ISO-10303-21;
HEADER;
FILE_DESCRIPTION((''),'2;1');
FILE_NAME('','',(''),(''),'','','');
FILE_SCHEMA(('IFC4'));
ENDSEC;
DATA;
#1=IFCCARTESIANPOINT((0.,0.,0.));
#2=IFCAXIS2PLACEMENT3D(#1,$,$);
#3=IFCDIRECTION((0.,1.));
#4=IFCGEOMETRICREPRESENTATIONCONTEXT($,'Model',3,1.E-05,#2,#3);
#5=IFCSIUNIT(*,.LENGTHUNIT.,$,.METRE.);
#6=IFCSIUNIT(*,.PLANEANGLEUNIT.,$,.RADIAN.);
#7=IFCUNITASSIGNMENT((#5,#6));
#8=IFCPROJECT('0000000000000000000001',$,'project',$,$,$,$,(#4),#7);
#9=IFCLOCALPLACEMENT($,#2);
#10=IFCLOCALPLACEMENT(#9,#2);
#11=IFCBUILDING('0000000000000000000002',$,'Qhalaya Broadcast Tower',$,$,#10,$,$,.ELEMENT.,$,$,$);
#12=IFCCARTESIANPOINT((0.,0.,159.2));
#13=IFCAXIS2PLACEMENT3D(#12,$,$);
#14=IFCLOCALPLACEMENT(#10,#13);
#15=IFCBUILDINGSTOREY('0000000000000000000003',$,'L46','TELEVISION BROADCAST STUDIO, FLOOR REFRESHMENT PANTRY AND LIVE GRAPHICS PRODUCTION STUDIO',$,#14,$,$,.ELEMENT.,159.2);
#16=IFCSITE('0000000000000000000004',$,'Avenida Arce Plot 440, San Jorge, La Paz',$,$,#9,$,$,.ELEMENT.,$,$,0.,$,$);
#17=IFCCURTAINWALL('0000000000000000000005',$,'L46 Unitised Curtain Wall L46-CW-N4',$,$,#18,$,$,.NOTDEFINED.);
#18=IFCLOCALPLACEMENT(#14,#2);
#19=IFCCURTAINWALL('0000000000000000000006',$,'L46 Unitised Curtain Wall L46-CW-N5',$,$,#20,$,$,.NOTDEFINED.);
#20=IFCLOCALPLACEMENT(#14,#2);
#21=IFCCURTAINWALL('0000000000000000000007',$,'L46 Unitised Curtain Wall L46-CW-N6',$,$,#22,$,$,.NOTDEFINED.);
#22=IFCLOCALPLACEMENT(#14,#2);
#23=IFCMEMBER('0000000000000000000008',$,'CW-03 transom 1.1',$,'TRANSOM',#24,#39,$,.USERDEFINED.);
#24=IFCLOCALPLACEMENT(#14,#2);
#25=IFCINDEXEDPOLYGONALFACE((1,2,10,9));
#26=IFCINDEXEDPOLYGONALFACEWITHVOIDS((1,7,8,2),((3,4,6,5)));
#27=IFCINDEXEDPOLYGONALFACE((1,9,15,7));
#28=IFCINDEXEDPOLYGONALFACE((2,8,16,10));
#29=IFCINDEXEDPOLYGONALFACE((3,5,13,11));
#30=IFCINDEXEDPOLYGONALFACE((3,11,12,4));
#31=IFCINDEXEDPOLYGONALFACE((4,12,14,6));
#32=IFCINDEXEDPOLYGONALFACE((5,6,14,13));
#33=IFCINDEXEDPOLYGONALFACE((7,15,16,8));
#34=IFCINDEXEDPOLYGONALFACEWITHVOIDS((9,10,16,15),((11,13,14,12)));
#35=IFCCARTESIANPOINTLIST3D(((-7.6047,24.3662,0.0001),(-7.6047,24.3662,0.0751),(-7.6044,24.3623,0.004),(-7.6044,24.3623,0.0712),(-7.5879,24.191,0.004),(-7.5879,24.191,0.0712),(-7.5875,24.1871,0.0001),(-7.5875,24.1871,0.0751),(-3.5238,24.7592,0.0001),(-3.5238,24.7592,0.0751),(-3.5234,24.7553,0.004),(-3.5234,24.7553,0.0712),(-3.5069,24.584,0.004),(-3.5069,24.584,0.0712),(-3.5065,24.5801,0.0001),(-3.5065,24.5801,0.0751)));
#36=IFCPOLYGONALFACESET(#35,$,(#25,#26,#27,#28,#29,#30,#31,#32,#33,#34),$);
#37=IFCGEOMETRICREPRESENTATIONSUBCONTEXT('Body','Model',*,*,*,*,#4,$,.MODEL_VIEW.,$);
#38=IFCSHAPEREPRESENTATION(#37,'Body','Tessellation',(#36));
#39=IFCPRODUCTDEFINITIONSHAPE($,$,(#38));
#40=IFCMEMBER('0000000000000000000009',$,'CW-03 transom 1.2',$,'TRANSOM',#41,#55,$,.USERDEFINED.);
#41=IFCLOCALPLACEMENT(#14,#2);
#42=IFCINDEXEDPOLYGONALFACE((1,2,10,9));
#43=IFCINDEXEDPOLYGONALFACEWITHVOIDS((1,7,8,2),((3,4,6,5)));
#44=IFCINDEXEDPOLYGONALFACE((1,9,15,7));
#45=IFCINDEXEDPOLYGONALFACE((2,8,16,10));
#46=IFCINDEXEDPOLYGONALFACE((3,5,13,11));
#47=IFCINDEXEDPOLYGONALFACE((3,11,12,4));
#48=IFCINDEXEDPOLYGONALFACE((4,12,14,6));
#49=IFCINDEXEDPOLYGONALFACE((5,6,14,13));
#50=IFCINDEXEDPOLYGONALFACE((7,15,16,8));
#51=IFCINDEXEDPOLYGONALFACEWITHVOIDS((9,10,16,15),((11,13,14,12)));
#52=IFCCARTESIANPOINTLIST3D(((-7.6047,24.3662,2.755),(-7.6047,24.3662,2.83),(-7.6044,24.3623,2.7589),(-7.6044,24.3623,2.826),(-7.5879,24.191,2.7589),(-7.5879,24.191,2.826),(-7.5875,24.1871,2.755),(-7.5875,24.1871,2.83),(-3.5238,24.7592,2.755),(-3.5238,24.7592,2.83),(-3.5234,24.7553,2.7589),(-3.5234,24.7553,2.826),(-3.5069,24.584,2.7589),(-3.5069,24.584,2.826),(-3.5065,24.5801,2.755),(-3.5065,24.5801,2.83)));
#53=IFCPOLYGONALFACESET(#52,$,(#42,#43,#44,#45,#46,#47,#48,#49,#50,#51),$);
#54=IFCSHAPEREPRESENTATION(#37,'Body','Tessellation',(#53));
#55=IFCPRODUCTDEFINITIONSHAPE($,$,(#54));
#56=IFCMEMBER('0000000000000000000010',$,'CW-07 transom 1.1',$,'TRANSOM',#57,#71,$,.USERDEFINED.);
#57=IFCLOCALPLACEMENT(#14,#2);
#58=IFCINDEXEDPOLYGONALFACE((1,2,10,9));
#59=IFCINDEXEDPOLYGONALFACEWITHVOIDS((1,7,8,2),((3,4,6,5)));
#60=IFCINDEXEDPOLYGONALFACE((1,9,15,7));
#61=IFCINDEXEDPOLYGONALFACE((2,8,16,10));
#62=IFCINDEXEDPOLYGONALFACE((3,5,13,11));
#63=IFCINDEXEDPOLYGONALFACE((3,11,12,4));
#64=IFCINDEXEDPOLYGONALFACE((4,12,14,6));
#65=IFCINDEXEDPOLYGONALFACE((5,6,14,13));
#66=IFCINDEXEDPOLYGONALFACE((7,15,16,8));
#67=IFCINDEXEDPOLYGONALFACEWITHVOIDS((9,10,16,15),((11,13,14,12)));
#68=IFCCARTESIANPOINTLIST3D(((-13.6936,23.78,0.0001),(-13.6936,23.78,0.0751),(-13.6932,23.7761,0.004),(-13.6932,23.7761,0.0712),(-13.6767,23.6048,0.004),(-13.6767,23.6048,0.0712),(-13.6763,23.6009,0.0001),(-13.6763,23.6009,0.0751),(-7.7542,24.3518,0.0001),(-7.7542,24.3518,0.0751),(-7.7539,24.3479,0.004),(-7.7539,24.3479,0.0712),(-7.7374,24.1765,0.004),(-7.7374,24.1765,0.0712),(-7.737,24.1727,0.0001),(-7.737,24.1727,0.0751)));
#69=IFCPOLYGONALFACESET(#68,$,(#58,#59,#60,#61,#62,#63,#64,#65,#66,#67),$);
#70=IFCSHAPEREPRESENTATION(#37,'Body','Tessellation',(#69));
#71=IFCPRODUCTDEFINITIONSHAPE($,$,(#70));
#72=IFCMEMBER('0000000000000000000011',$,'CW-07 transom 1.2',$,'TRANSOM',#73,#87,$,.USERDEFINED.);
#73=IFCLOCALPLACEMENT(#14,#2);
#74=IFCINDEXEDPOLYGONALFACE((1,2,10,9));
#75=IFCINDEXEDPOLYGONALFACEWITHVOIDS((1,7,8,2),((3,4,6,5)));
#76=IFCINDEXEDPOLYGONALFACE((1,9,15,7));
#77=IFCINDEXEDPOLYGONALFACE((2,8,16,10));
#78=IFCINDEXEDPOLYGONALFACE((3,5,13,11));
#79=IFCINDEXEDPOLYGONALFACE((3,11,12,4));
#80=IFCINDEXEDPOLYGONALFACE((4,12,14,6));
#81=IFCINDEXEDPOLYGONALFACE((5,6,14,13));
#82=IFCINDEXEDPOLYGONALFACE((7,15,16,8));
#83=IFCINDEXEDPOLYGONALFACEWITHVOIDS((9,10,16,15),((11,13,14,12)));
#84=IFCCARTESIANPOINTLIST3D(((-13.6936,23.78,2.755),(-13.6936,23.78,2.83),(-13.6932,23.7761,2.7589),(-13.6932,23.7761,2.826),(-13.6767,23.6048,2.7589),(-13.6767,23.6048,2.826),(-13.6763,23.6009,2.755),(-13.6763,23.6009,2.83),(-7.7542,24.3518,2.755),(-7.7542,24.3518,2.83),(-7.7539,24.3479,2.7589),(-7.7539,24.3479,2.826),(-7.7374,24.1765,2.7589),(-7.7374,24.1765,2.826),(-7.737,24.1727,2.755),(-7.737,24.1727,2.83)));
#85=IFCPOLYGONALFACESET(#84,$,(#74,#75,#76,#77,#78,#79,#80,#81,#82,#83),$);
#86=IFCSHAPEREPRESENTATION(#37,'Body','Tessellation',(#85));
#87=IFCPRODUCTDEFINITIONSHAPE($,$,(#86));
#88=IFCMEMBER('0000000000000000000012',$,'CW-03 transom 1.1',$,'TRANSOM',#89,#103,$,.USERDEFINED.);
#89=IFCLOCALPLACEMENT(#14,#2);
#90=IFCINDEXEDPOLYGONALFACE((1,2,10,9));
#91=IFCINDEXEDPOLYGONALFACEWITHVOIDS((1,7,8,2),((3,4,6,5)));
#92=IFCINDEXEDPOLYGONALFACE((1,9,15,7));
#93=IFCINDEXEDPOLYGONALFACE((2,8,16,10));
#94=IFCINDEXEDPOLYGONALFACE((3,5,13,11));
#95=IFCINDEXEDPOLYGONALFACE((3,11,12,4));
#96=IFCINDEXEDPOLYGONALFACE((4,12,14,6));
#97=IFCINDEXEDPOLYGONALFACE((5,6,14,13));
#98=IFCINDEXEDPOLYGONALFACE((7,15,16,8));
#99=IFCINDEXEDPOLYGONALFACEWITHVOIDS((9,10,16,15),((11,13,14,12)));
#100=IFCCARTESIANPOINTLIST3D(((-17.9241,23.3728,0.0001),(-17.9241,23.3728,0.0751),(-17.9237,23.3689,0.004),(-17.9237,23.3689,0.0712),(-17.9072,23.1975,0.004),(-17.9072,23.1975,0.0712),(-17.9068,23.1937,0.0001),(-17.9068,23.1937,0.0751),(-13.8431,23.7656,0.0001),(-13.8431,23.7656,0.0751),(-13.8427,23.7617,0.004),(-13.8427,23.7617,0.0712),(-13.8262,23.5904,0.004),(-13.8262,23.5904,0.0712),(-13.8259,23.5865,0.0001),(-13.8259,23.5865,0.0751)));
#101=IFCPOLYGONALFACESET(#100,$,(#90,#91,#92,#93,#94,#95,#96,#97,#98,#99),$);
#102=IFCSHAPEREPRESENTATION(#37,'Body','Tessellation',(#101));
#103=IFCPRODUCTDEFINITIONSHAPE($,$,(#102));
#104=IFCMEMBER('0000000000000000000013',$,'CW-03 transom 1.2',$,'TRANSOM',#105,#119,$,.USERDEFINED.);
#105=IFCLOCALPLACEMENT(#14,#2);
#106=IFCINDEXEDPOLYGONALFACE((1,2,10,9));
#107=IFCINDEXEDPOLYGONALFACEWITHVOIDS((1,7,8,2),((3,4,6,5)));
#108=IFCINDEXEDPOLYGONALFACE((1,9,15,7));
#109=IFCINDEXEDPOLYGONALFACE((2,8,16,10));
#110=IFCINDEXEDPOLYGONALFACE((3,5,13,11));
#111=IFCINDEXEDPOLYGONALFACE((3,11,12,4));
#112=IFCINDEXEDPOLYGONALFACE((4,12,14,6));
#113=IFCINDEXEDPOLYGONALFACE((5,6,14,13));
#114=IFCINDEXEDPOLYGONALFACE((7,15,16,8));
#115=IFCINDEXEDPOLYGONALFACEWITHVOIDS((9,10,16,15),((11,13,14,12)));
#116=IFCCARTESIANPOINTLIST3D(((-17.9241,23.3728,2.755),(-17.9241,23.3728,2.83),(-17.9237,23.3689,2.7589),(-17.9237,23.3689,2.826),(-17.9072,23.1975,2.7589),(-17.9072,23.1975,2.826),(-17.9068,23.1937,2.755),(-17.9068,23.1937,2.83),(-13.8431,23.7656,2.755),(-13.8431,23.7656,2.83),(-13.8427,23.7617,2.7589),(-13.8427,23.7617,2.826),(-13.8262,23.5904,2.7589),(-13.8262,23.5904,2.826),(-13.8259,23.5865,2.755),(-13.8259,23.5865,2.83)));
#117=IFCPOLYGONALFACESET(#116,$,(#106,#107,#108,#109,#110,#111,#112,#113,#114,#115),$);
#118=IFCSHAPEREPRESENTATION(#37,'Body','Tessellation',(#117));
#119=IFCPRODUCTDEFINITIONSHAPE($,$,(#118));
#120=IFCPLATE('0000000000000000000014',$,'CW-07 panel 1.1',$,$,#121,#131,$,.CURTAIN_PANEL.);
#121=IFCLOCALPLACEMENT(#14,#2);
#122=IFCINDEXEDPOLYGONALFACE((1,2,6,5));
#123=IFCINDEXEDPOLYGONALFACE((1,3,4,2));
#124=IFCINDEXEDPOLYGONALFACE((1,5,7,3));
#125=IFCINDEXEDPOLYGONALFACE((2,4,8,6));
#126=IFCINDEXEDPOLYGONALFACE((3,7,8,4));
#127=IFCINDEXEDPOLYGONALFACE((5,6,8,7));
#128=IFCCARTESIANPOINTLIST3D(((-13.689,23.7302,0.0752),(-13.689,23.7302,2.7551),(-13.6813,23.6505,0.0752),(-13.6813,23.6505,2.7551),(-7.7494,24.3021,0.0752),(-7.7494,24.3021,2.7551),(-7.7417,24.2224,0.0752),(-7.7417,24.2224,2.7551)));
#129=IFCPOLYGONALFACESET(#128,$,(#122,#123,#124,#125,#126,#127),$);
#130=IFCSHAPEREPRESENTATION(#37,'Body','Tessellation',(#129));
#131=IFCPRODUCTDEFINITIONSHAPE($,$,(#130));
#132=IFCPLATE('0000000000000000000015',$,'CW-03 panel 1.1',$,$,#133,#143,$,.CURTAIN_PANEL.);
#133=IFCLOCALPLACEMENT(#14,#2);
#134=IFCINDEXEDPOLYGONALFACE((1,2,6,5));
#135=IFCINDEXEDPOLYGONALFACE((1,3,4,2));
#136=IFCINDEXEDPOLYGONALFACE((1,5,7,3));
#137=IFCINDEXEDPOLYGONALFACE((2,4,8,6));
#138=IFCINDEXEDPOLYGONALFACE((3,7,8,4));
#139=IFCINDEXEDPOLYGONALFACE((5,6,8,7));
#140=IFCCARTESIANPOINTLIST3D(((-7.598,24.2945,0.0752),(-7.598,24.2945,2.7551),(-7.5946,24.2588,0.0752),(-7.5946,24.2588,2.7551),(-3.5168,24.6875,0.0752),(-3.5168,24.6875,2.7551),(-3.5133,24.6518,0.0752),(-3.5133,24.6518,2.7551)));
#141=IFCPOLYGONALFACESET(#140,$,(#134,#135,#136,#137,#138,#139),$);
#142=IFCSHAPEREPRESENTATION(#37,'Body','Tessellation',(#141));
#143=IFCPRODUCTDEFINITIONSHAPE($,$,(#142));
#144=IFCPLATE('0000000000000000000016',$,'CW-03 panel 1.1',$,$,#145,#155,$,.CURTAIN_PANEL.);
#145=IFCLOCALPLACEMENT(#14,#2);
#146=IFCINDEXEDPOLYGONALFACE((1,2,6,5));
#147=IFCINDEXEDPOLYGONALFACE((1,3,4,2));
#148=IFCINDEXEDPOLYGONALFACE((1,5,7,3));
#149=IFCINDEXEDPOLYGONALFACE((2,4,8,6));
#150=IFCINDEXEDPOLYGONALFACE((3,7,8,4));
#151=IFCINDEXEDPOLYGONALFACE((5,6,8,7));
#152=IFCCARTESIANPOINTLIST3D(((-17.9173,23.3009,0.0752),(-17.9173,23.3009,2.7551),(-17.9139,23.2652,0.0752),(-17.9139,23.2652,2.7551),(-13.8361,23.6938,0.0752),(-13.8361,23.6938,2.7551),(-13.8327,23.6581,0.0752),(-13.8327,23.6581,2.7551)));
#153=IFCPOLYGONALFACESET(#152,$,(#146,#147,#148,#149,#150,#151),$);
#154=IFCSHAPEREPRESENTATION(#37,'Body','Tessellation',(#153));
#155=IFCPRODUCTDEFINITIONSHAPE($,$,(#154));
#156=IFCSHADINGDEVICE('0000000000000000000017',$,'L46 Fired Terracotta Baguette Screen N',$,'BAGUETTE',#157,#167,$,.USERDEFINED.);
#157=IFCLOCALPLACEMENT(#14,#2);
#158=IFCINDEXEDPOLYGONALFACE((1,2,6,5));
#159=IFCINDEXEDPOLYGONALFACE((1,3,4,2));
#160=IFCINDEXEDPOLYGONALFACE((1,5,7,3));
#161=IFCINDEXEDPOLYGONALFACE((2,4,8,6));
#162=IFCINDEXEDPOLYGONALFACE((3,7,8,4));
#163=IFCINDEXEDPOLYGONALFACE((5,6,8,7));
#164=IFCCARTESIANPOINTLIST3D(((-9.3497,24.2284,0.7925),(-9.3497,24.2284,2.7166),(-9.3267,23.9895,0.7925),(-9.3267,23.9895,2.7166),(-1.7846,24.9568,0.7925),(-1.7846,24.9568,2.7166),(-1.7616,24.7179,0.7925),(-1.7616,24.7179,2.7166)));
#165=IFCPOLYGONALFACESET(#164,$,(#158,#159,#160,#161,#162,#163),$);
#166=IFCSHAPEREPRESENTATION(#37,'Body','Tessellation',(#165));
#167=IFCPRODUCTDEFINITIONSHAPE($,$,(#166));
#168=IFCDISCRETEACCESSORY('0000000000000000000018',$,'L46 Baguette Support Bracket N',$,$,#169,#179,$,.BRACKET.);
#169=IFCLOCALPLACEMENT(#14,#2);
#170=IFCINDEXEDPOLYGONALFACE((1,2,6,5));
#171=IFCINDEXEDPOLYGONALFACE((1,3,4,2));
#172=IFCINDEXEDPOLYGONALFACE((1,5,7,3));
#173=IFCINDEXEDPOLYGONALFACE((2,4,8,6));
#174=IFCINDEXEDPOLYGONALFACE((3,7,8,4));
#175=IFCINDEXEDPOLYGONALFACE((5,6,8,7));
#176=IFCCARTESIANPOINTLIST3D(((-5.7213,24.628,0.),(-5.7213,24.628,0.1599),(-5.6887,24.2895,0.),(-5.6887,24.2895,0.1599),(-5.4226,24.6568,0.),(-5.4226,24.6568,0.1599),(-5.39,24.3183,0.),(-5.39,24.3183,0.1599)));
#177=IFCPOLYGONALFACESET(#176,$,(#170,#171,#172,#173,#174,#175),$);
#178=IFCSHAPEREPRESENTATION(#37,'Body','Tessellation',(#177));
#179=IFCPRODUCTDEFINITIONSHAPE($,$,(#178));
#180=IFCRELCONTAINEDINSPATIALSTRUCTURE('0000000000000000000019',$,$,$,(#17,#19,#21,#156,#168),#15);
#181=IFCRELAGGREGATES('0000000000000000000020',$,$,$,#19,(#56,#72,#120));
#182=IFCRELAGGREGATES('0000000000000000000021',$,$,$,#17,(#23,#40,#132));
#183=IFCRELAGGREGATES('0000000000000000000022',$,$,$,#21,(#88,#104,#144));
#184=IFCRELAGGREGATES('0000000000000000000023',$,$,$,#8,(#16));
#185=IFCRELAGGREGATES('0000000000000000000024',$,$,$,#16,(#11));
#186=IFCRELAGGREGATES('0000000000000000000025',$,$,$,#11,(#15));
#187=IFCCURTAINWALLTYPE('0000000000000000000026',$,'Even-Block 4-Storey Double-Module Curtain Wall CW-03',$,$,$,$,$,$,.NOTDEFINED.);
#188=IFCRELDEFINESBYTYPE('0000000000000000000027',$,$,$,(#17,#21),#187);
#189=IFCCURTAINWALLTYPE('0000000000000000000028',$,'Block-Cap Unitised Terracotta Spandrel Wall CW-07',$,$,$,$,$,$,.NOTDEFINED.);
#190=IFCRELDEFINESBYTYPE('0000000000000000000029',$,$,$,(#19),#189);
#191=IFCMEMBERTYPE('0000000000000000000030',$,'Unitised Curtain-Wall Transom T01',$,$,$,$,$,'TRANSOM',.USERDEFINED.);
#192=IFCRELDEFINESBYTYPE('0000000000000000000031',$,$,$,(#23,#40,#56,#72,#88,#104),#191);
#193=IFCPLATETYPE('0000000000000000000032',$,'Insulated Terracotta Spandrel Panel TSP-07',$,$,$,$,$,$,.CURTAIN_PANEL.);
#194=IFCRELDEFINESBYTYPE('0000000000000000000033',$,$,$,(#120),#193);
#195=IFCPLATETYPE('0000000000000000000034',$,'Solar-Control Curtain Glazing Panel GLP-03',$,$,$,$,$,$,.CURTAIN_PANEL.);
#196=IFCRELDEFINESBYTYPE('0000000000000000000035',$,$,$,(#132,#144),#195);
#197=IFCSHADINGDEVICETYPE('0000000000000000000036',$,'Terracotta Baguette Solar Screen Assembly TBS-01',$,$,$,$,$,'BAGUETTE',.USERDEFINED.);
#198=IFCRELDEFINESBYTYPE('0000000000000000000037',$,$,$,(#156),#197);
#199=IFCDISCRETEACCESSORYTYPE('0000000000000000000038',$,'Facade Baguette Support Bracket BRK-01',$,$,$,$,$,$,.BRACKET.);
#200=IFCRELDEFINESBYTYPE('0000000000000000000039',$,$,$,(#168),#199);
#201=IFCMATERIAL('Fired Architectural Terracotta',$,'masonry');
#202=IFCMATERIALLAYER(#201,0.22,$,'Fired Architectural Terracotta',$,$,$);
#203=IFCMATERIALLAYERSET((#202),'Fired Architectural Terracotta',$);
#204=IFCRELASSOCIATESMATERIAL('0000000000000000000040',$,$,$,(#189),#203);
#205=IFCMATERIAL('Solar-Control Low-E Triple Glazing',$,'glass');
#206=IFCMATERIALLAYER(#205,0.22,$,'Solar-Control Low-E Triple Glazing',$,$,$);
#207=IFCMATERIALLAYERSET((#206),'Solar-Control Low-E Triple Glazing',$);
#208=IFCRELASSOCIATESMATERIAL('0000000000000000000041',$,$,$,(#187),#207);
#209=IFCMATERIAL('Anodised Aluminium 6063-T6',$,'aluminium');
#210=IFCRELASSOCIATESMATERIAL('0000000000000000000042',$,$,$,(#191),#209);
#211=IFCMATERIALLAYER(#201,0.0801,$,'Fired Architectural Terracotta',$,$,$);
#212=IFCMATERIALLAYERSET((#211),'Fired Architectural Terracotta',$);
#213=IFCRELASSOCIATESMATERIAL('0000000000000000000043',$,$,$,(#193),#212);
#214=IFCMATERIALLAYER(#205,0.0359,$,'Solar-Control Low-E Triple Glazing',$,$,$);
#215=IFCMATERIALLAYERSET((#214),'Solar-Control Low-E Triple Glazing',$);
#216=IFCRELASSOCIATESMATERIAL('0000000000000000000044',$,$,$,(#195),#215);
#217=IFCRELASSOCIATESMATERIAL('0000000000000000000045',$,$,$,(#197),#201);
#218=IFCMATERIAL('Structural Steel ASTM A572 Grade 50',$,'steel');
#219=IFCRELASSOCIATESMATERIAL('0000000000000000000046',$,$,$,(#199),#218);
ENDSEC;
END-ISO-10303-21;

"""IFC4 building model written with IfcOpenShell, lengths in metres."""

from ifc_helpers import new_model, si_unit, direction, frame, origin, origin_2d, place, context, subcontext, project, spatial, rectangle, hollow_rectangle, extrude, material, layer, layer_set, material_profile, profile_set, type_object, element, aggregate, save


model = new_model("IFC4")

# Units and contexts
model_context = context("Model", 3, precision=1e-05, world=origin(), true_north=direction((0.0, 1.0)))
body_context = subcontext(model_context, "Body", "Model", "MODEL_VIEW")
ifc_project = project(units=[si_unit("LENGTHUNIT", "METRE"), si_unit("PLANEANGLEUNIT", "RADIAN")], contexts=[model_context])

# Site, building, storey
site_placement = place(None, origin())
site = spatial("IfcSite", under=ifc_project, at=site_placement, Name="Avenida Arce Plot 440, San Jorge, La Paz", CompositionType="ELEMENT", RefElevation=0.0)
building_placement = place(site_placement, origin())
building = spatial("IfcBuilding", under=site, at=building_placement, Name="Qhalaya Broadcast Tower", CompositionType="ELEMENT")
storey_placement = place(building_placement, frame((0.0, 0.0, 159.2)))
storey = spatial("IfcBuildingStorey", under=building, at=storey_placement, Name="L46", Description="TELEVISION BROADCAST STUDIO, FLOOR REFRESHMENT PANTRY AND LIVE GRAPHICS PRODUCTION STUDIO", CompositionType="ELEMENT", Elevation=159.2)

# Shared definitions
ifc_material_1 = material(Name="Structural Steel ASTM A572 Grade 50", Category="steel")

# Shared definitions
ifc_material_2 = material(Name="Fired Architectural Terracotta", Category="masonry")
ifc_layer_1 = layer(ifc_material_2, 0.22, Name="Fired Architectural Terracotta")
ifc_layer_set_1 = layer_set([ifc_layer_1], Name="Fired Architectural Terracotta")
curtain_wall_type_1 = type_object("IfcCurtainWallType", Name="Block-Cap Unitised Terracotta Spandrel Wall CW-07", PredefinedType="NOTDEFINED", material=ifc_layer_set_1)
ifc_material_3 = material(Name="Anodised Aluminium 6063-T6", Category="aluminium")

# Curtain walls
ifc_material_4 = material(Name="Solar-Control Low-E Triple Glazing", Category="glass")
ifc_layer_2 = layer(ifc_material_4, 0.22, Name="Solar-Control Low-E Triple Glazing")
ifc_layer_set_2 = layer_set([ifc_layer_2], Name="Solar-Control Low-E Triple Glazing")
curtain_wall_type_2 = type_object("IfcCurtainWallType", Name="Even-Block 4-Storey Double-Module Curtain Wall CW-03", PredefinedType="NOTDEFINED", material=ifc_layer_set_2)
curtain_wall_1_placement = place(storey_placement, origin())
curtain_wall_1 = element("IfcCurtainWall", 1, at=curtain_wall_1_placement, inside=storey, type_object=curtain_wall_type_2, Name="L46 Unitised Curtain Wall L46-CW-N4", PredefinedType="NOTDEFINED")
curtain_wall_2_placement = place(storey_placement, origin())
curtain_wall_2 = element("IfcCurtainWall", 2, at=curtain_wall_2_placement, inside=storey, type_object=curtain_wall_type_1, Name="L46 Unitised Curtain Wall L46-CW-N5", PredefinedType="NOTDEFINED")
curtain_wall_3_placement = place(storey_placement, origin())
curtain_wall_3 = element("IfcCurtainWall", 3, at=curtain_wall_3_placement, inside=storey, type_object=curtain_wall_type_2, Name="L46 Unitised Curtain Wall L46-CW-N6", PredefinedType="NOTDEFINED")

# Members
ifc_material_profile_1 = material_profile(ifc_material_3, hollow_rectangle(XDim=0.075, YDim=0.1799, WallThickness=0.0039, at=origin_2d()), Name="ALU-TRN 75x180x4")
ifc_profile_set_1 = profile_set([ifc_material_profile_1], Name="Anodised Aluminium 6063-T6")
member_type_1 = type_object("IfcMemberType", Name="Unitised Curtain-Wall Transom T01", ElementType="TRANSOM", PredefinedType="USERDEFINED", material=ifc_profile_set_1)
member_1_placement = place(storey_placement, frame((-3.5151, 24.6697, 0.0376), z_axis=(-0.995394, -0.095871, 0.0), x_axis=(0.0, 0.0, 1.0)))
member_1 = element("IfcMember", 4, at=member_1_placement, type_object=member_type_1, Name="CW-03 transom 1.1", ObjectType="TRANSOM", PredefinedType="USERDEFINED", context=body_context, shape_type="SweptSolid", body=[
    extrude(hollow_rectangle(XDim=0.075, YDim=0.1799, WallThickness=0.0039, at=origin_2d()), origin(), (0.0, 0.0, 1.0), 4.0999),
])
member_2_placement = place(storey_placement, frame((-3.5151, 24.6697, 2.7925), z_axis=(-0.995394, -0.095871, 0.0), x_axis=(0.0, 0.0, 1.0)))
member_2 = element("IfcMember", 5, at=member_2_placement, type_object=member_type_1, Name="CW-03 transom 1.2", ObjectType="TRANSOM", PredefinedType="USERDEFINED", context=body_context, shape_type="SweptSolid", body=[
    extrude(hollow_rectangle(XDim=0.075, YDim=0.1799, WallThickness=0.0039, at=origin_2d()), origin(), (0.0, 0.0, 1.0), 4.0999),
])
member_3_placement = place(storey_placement, frame((-7.7456, 24.2622, 0.0376), z_axis=(-0.995398, -0.095825, 0.0), x_axis=(0.0, 0.0, 1.0)))
member_3 = element("IfcMember", 6, at=member_3_placement, type_object=member_type_1, Name="CW-07 transom 1.1", ObjectType="TRANSOM", PredefinedType="USERDEFINED", context=body_context, shape_type="SweptSolid", body=[
    extrude(hollow_rectangle(XDim=0.075, YDim=0.1799, WallThickness=0.0039, at=origin_2d()), origin(), (0.0, 0.0, 1.0), 5.9668),
])
member_4_placement = place(storey_placement, frame((-7.7456, 24.2622, 2.7925), z_axis=(-0.995398, -0.095825, 0.0), x_axis=(0.0, 0.0, 1.0)))
member_4 = element("IfcMember", 7, at=member_4_placement, type_object=member_type_1, Name="CW-07 transom 1.2", ObjectType="TRANSOM", PredefinedType="USERDEFINED", context=body_context, shape_type="SweptSolid", body=[
    extrude(hollow_rectangle(XDim=0.075, YDim=0.1799, WallThickness=0.0039, at=origin_2d()), origin(), (0.0, 0.0, 1.0), 5.9668),
])
member_5_placement = place(storey_placement, frame((-13.8345, 23.676, 0.0376), z_axis=(-0.995399, -0.095812, 0.0), x_axis=(0.0, 0.0, 1.0)))
member_5 = element("IfcMember", 8, at=member_5_placement, type_object=member_type_1, Name="CW-03 transom 1.1", ObjectType="TRANSOM", PredefinedType="USERDEFINED", context=body_context, shape_type="SweptSolid", body=[
    extrude(hollow_rectangle(XDim=0.075, YDim=0.1799, WallThickness=0.0039, at=origin_2d()), origin(), (0.0, 0.0, 1.0), 4.0999),
])
member_6_placement = place(storey_placement, frame((-13.8345, 23.676, 2.7925), z_axis=(-0.995399, -0.095812, 0.0), x_axis=(0.0, 0.0, 1.0)))
member_6 = element("IfcMember", 9, at=member_6_placement, type_object=member_type_1, Name="CW-03 transom 1.2", ObjectType="TRANSOM", PredefinedType="USERDEFINED", context=body_context, shape_type="SweptSolid", body=[
    extrude(hollow_rectangle(XDim=0.075, YDim=0.1799, WallThickness=0.0039, at=origin_2d()), origin(), (0.0, 0.0, 1.0), 4.0999),
])

# Plates
ifc_layer_3 = layer(ifc_material_2, 0.0801, Name="Fired Architectural Terracotta")
ifc_layer_set_3 = layer_set([ifc_layer_3], Name="Fired Architectural Terracotta")
plate_type_1 = type_object("IfcPlateType", Name="Insulated Terracotta Spandrel Panel TSP-07", PredefinedType="CURTAIN_PANEL", material=ifc_layer_set_3)
plate_1_placement = place(storey_placement, frame((-10.7153, 23.9763, 0.0752), z_axis=(0.0, 0.0, 1.0), x_axis=(-0.995396, -0.095848, 0.0)))
plate_1 = element("IfcPlate", 10, at=plate_1_placement, type_object=plate_type_1, Name="CW-07 panel 1.1", PredefinedType="CURTAIN_PANEL", context=body_context, shape_type="SweptSolid", body=[
    extrude(rectangle(XDim=5.967, YDim=0.0801, at=origin_2d()), origin(), (0.0, 0.0, 1.0), 2.6799),
])
aggregate(curtain_wall_2, [member_3, member_4, plate_1])
ifc_layer_4 = layer(ifc_material_4, 0.0359, Name="Solar-Control Low-E Triple Glazing")
ifc_layer_set_4 = layer_set([ifc_layer_4], Name="Solar-Control Low-E Triple Glazing")
plate_type_2 = type_object("IfcPlateType", Name="Solar-Control Curtain Glazing Panel GLP-03", PredefinedType="CURTAIN_PANEL", material=ifc_layer_set_4)
plate_2_placement = place(storey_placement, frame((-5.5557, 24.4731, 0.0752), z_axis=(0.0, 0.0, 1.0), x_axis=(-0.995395, -0.095857, 0.0)))
plate_2 = element("IfcPlate", 11, at=plate_2_placement, type_object=plate_type_2, Name="CW-03 panel 1.1", PredefinedType="CURTAIN_PANEL", context=body_context, shape_type="SweptSolid", body=[
    extrude(rectangle(XDim=4.1001, YDim=0.0359, at=origin_2d()), origin(), (0.0, 0.0, 1.0), 2.6799),
])
aggregate(curtain_wall_1, [member_1, member_2, plate_2])
plate_3_placement = place(storey_placement, frame((-15.875, 23.4795, 0.0752), z_axis=(0.0, 0.0, 1.0), x_axis=(-0.995397, -0.095834, 0.0)))
plate_3 = element("IfcPlate", 12, at=plate_3_placement, type_object=plate_type_2, Name="CW-03 panel 1.1", PredefinedType="CURTAIN_PANEL", context=body_context, shape_type="SweptSolid", body=[
    extrude(rectangle(XDim=4.1001, YDim=0.0359, at=origin_2d()), origin(), (0.0, 0.0, 1.0), 2.6799),
])
aggregate(curtain_wall_3, [member_5, member_6, plate_3])

# Shading device
shading_device_type = type_object("IfcShadingDeviceType", Name="Terracotta Baguette Solar Screen Assembly TBS-01", ElementType="BAGUETTE", PredefinedType="USERDEFINED", material=ifc_material_2)
shading_device_placement = place(storey_placement, frame((-5.5557, 24.4731, 0.7925), z_axis=(0.0, 0.0, 1.0), x_axis=(-0.995396, -0.095846, 0.0)))
element("IfcShadingDevice", 13, at=shading_device_placement, inside=storey, type_object=shading_device_type, Name="L46 Fired Terracotta Baguette Screen N", ObjectType="BAGUETTE", PredefinedType="USERDEFINED", context=body_context, shape_type="SweptSolid", body=[
    extrude(rectangle(XDim=7.6001, YDim=0.24, at=origin_2d()), origin(), (0.0, 0.0, 1.0), 1.9241),
])

# Discrete accessory
discrete_accessory_type = type_object("IfcDiscreteAccessoryType", Name="Facade Baguette Support Bracket BRK-01", PredefinedType="BRACKET", material=ifc_material_1)
discrete_accessory_placement = place(storey_placement, frame((-5.5557, 24.4731, 0.0), z_axis=(0.0, 0.0, 1.0), x_axis=(-0.995396, -0.095846, 0.0)))
element("IfcDiscreteAccessory", 14, at=discrete_accessory_placement, inside=storey, type_object=discrete_accessory_type, Name="L46 Baguette Support Bracket N", PredefinedType="BRACKET", context=body_context, shape_type="SweptSolid", body=[
    extrude(rectangle(XDim=0.3, YDim=0.3401, at=origin_2d()), origin(), (0.0, 0.0, 1.0), 0.1599),
])

save(model, "model.ifc")
